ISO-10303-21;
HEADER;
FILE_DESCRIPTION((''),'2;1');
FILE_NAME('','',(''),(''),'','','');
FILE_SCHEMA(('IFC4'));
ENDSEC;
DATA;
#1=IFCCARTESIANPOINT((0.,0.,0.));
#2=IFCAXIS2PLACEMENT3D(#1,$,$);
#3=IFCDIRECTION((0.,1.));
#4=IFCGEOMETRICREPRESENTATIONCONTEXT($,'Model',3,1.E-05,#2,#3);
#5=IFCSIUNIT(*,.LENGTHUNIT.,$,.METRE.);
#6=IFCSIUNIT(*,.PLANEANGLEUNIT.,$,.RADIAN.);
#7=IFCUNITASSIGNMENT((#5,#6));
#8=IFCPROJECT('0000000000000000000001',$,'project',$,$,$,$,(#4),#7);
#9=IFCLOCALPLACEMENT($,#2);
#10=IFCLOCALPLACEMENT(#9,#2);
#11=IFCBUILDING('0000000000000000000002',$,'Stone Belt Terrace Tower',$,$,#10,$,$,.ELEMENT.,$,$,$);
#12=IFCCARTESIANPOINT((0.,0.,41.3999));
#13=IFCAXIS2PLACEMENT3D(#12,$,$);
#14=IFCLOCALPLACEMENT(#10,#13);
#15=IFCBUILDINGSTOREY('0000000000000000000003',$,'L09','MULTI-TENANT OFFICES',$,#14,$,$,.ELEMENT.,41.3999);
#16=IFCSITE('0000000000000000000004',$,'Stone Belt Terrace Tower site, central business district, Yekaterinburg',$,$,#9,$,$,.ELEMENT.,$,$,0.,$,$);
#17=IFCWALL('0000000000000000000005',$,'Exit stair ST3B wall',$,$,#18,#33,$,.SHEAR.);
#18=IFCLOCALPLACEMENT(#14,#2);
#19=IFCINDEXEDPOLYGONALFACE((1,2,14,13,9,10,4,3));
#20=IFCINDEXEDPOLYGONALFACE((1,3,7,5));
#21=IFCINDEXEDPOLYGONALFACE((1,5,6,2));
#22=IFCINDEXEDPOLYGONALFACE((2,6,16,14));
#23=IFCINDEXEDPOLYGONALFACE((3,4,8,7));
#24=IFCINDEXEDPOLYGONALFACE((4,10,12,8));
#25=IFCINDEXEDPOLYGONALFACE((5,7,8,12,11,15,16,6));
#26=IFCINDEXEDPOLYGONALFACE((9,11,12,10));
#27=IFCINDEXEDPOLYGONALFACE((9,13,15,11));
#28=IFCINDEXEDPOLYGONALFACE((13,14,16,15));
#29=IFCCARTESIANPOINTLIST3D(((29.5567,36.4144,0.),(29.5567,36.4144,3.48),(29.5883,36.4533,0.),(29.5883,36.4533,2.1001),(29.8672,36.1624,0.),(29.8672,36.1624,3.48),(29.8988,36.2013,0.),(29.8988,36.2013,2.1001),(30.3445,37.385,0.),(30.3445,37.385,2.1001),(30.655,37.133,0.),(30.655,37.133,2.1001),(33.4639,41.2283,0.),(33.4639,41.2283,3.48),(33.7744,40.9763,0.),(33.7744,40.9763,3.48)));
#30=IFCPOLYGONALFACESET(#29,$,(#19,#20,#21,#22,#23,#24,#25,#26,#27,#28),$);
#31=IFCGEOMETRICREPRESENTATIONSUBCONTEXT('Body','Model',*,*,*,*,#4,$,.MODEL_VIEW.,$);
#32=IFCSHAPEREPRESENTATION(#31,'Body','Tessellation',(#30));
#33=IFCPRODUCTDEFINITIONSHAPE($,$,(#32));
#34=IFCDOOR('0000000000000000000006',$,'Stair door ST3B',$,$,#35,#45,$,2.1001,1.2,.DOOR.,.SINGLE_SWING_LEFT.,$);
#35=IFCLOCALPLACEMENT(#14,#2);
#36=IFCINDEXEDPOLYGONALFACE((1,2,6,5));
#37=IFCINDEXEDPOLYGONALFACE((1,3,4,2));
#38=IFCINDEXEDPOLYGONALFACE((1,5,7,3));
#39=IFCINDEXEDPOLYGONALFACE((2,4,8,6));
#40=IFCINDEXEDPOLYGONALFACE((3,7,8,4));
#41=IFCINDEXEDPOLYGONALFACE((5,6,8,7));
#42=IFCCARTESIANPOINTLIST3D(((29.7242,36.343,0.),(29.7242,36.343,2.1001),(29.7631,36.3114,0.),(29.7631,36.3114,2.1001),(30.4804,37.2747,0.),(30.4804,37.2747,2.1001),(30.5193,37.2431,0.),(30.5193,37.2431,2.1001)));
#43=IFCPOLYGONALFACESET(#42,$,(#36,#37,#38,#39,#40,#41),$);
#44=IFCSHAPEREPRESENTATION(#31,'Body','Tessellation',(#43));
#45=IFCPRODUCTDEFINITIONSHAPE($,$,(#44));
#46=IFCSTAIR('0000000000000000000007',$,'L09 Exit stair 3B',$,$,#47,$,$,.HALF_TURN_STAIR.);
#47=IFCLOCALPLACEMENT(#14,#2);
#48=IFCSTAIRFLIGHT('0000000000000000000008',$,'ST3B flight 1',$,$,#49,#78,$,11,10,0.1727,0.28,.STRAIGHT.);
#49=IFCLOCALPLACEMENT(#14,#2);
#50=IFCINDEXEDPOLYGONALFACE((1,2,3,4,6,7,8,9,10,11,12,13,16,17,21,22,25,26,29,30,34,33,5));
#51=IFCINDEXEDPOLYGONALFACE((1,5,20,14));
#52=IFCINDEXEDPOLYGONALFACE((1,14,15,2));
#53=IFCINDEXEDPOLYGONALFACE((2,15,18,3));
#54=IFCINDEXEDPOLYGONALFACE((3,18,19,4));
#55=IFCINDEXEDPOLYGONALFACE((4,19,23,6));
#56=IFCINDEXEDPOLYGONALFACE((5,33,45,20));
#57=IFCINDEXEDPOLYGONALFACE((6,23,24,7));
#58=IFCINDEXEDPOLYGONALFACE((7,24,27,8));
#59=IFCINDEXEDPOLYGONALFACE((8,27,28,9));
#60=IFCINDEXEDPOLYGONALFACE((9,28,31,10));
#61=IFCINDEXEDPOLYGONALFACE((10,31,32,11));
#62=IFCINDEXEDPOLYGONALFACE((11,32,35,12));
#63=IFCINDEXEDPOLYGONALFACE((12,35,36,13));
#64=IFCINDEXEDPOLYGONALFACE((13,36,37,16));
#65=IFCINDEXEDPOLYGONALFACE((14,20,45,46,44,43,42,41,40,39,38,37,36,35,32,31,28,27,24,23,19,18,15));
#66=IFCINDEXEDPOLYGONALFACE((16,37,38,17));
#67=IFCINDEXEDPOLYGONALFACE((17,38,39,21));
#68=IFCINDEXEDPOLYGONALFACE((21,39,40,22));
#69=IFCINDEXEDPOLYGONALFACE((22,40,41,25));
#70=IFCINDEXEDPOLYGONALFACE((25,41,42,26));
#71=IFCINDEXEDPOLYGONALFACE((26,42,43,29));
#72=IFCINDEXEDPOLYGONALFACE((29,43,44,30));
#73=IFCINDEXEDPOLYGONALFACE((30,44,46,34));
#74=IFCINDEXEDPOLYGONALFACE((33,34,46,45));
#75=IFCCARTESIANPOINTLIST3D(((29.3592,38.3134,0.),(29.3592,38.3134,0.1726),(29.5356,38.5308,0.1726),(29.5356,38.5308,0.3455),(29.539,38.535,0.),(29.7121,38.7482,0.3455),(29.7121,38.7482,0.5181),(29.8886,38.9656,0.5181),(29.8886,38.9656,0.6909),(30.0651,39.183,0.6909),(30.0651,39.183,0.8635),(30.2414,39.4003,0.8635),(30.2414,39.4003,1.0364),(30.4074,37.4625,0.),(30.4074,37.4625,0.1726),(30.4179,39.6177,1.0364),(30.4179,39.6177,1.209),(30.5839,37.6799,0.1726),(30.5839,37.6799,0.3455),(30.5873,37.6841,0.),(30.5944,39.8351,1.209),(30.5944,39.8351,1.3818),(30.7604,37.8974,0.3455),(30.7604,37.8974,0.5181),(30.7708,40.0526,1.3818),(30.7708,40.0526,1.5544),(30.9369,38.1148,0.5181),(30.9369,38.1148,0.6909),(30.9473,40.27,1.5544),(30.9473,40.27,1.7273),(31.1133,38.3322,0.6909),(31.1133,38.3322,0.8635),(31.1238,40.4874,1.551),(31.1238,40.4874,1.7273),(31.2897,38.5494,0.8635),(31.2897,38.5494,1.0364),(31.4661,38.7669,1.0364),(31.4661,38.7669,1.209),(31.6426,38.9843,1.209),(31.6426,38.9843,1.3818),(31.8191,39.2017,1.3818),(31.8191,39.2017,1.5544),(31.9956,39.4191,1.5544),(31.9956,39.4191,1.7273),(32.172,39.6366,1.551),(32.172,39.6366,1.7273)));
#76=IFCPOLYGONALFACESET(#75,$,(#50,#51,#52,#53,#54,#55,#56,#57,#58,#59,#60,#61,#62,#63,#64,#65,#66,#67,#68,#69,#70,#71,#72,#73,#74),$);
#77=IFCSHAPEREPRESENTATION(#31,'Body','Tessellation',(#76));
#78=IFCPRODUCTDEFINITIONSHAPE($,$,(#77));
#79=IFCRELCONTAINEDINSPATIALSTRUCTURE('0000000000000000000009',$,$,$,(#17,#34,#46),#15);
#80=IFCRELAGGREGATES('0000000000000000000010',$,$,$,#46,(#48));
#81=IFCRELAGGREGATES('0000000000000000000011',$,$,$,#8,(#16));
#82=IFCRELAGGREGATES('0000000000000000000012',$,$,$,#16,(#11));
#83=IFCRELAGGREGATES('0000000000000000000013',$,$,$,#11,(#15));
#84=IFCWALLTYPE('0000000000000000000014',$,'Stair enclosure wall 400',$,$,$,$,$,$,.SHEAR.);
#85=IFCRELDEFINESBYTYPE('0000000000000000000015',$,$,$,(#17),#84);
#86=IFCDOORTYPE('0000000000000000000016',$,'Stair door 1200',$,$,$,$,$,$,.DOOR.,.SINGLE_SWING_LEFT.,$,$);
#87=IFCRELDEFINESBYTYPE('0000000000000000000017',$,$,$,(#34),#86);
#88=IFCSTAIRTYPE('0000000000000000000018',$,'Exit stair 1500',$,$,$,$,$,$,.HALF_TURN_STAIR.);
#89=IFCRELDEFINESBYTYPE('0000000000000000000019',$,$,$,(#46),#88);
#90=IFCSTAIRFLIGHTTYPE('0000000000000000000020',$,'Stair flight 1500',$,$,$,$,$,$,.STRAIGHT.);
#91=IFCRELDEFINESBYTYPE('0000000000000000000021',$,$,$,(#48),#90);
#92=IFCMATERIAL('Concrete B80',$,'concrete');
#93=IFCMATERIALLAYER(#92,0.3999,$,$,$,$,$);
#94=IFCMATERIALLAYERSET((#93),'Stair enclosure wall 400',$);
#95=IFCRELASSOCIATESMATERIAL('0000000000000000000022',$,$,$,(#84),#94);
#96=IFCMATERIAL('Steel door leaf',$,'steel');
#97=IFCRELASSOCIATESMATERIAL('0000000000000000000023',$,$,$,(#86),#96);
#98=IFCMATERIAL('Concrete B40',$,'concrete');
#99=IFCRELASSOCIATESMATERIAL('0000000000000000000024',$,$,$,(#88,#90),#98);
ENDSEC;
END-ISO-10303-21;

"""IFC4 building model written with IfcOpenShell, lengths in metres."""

from ifc_helpers import new_model, si_unit, direction, frame, frame_2d, origin, place, context, subcontext, project, spatial, polyline, rectangle, outline, extrude, material, layer, layer_set, type_object, element, fill, aggregate, save


model = new_model("IFC4")

# Units and contexts
model_context = context("Model", 3, precision=1e-05, world=origin(), true_north=direction((0.0, 1.0)))
body_context = subcontext(model_context, "Body", "Model", "MODEL_VIEW")
ifc_project = project(units=[si_unit("LENGTHUNIT", "METRE"), si_unit("PLANEANGLEUNIT", "RADIAN")], contexts=[model_context])

# Site, building, storey
site_placement = place(None, origin())
site = spatial("IfcSite", under=ifc_project, at=site_placement, Name="Stone Belt Terrace Tower site, central business district, Yekaterinburg", CompositionType="ELEMENT", RefElevation=0.0)
building_placement = place(site_placement, origin())
building = spatial("IfcBuilding", under=site, at=building_placement, Name="Stone Belt Terrace Tower", CompositionType="ELEMENT")
storey_placement = place(building_placement, frame((0.0, 0.0, 41.3999)))
storey = spatial("IfcBuildingStorey", under=building, at=storey_placement, Name="L09", Description="MULTI-TENANT OFFICES", CompositionType="ELEMENT", Elevation=41.3999)

# Shared definitions
ifc_material_1 = material(Name="Concrete B80", Category="concrete")

# Shared definitions
ifc_layer_1 = layer(ifc_material_1, 0.3999)
ifc_layer_set_1 = layer_set([ifc_layer_1], Name="Stair enclosure wall 400")
wall_type_1 = type_object("IfcWallType", Name="Stair enclosure wall 400", PredefinedType="SHEAR", material=ifc_layer_set_1)

# Wall, opening, door
wall_1_placement = place(storey_placement, frame((29.7119, 36.2883, 0.0), z_axis=(0.0, 0.0, 1.0), x_axis=(0.630192, 0.776439, 0.0)))
wall_1 = element("IfcWall", 1, at=wall_1_placement, inside=storey, type_object=wall_type_1, Name="Exit stair ST3B wall", PredefinedType="SHEAR", context=body_context, shape_type="SweptSolid", body=[
    extrude(rectangle(XDim=6.2, YDim=0.3999, at=frame_2d((3.1001, 0.0))), origin(), (0.0, 0.0, 1.0), 3.48),
])
opening_1_placement = place(wall_1_placement, frame((0.05, 0.0, 0.0)))
opening_1 = element("IfcOpeningElement", 2, at=opening_1_placement, cuts=wall_1, PredefinedType="OPENING", context=body_context, shape_type="SweptSolid", body=[
    extrude(rectangle(XDim=1.2, YDim=2.1001, at=frame_2d((0.6001, 1.05))), frame((0.0, 0.21, 0.0), z_axis=(0.0, -1.0, 0.0), x_axis=(1.0, 0.0, 0.0)), (0.0, 0.0, 1.0), 0.4199),
])
ifc_material_2 = material(Name="Steel door leaf", Category="steel")
door_type_1 = type_object("IfcDoorType", Name="Stair door 1200", OperationType="SINGLE_SWING_LEFT", PredefinedType="DOOR", material=ifc_material_2)
door_1_placement = place(opening_1_placement, origin())
door_1 = element("IfcDoor", 3, at=door_1_placement, inside=storey, type_object=door_type_1, Name="Stair door ST3B", OperationType="SINGLE_SWING_LEFT", OverallHeight=2.1001, OverallWidth=1.2, PredefinedType="DOOR", context=body_context, shape_type="SweptSolid", body=[
    extrude(rectangle(XDim=1.2, YDim=2.1001, at=frame_2d((0.6001, 1.05))), frame((0.0, 0.0249, 0.0), z_axis=(0.0, -1.0, 0.0), x_axis=(1.0, 0.0, 0.0)), (0.0, 0.0, 1.0), 0.05),
])
fill(opening_1, door_1)

# Stair, stair flight
ifc_material_3 = material(Name="Concrete B40", Category="concrete")
stair_type = type_object("IfcStairType", Name="Exit stair 1500", PredefinedType="HALF_TURN_STAIR", material=ifc_material_3)
stair_placement = place(storey_placement, origin())
stair = element("IfcStair", 4, at=stair_placement, inside=storey, type_object=stair_type, Name="L09 Exit stair 3B", PredefinedType="HALF_TURN_STAIR")
stair_flight_type = type_object("IfcStairFlightType", Name="Stair flight 1500", PredefinedType="STRAIGHT", material=ifc_material_3)
stair_flight_placement = place(storey_placement, frame((29.8833, 37.8879, 0.0), z_axis=(0.0, 0.0, 1.0), x_axis=(0.630206, 0.776428, 0.0)))
stair_flight = element("IfcStairFlight", 5, at=stair_flight_placement, type_object=stair_flight_type, Name="ST3B flight 1", NumberOfRisers=11, NumberOfTreads=10, PredefinedType="STRAIGHT", RiserHeight=0.1727, TreadLength=0.28, context=body_context, shape_type="SweptSolid", body=[
    extrude(outline(polyline([(0.0, 0.0), (0.0, 0.1726), (0.28, 0.1726), (0.28, 0.3455), (0.5601, 0.3455), (0.5601, 0.5181), (0.8401, 0.5181), (0.8401, 0.6909), (1.1201, 0.6909), (1.1201, 0.8635), (1.3999, 0.8635), (1.3999, 1.0364), (1.6799, 1.0364), (1.6799, 1.209), (1.96, 1.209), (1.96, 1.3818), (2.24, 1.3818), (2.24, 1.5544), (2.52, 1.5544), (2.52, 1.7273), (2.8, 1.7273), (2.8, 1.8999), (2.8, 1.551), (0.2854, 0.0), (0.0, 0.0)])), frame((0.0, 0.675, 0.0), z_axis=(0.0, -1.0, 0.0), x_axis=(1.0, 0.0, 0.0)), (0.0, 0.0, 1.0), 1.3501),
])
aggregate(stair, [stair_flight])

save(model, "model.ifc")
